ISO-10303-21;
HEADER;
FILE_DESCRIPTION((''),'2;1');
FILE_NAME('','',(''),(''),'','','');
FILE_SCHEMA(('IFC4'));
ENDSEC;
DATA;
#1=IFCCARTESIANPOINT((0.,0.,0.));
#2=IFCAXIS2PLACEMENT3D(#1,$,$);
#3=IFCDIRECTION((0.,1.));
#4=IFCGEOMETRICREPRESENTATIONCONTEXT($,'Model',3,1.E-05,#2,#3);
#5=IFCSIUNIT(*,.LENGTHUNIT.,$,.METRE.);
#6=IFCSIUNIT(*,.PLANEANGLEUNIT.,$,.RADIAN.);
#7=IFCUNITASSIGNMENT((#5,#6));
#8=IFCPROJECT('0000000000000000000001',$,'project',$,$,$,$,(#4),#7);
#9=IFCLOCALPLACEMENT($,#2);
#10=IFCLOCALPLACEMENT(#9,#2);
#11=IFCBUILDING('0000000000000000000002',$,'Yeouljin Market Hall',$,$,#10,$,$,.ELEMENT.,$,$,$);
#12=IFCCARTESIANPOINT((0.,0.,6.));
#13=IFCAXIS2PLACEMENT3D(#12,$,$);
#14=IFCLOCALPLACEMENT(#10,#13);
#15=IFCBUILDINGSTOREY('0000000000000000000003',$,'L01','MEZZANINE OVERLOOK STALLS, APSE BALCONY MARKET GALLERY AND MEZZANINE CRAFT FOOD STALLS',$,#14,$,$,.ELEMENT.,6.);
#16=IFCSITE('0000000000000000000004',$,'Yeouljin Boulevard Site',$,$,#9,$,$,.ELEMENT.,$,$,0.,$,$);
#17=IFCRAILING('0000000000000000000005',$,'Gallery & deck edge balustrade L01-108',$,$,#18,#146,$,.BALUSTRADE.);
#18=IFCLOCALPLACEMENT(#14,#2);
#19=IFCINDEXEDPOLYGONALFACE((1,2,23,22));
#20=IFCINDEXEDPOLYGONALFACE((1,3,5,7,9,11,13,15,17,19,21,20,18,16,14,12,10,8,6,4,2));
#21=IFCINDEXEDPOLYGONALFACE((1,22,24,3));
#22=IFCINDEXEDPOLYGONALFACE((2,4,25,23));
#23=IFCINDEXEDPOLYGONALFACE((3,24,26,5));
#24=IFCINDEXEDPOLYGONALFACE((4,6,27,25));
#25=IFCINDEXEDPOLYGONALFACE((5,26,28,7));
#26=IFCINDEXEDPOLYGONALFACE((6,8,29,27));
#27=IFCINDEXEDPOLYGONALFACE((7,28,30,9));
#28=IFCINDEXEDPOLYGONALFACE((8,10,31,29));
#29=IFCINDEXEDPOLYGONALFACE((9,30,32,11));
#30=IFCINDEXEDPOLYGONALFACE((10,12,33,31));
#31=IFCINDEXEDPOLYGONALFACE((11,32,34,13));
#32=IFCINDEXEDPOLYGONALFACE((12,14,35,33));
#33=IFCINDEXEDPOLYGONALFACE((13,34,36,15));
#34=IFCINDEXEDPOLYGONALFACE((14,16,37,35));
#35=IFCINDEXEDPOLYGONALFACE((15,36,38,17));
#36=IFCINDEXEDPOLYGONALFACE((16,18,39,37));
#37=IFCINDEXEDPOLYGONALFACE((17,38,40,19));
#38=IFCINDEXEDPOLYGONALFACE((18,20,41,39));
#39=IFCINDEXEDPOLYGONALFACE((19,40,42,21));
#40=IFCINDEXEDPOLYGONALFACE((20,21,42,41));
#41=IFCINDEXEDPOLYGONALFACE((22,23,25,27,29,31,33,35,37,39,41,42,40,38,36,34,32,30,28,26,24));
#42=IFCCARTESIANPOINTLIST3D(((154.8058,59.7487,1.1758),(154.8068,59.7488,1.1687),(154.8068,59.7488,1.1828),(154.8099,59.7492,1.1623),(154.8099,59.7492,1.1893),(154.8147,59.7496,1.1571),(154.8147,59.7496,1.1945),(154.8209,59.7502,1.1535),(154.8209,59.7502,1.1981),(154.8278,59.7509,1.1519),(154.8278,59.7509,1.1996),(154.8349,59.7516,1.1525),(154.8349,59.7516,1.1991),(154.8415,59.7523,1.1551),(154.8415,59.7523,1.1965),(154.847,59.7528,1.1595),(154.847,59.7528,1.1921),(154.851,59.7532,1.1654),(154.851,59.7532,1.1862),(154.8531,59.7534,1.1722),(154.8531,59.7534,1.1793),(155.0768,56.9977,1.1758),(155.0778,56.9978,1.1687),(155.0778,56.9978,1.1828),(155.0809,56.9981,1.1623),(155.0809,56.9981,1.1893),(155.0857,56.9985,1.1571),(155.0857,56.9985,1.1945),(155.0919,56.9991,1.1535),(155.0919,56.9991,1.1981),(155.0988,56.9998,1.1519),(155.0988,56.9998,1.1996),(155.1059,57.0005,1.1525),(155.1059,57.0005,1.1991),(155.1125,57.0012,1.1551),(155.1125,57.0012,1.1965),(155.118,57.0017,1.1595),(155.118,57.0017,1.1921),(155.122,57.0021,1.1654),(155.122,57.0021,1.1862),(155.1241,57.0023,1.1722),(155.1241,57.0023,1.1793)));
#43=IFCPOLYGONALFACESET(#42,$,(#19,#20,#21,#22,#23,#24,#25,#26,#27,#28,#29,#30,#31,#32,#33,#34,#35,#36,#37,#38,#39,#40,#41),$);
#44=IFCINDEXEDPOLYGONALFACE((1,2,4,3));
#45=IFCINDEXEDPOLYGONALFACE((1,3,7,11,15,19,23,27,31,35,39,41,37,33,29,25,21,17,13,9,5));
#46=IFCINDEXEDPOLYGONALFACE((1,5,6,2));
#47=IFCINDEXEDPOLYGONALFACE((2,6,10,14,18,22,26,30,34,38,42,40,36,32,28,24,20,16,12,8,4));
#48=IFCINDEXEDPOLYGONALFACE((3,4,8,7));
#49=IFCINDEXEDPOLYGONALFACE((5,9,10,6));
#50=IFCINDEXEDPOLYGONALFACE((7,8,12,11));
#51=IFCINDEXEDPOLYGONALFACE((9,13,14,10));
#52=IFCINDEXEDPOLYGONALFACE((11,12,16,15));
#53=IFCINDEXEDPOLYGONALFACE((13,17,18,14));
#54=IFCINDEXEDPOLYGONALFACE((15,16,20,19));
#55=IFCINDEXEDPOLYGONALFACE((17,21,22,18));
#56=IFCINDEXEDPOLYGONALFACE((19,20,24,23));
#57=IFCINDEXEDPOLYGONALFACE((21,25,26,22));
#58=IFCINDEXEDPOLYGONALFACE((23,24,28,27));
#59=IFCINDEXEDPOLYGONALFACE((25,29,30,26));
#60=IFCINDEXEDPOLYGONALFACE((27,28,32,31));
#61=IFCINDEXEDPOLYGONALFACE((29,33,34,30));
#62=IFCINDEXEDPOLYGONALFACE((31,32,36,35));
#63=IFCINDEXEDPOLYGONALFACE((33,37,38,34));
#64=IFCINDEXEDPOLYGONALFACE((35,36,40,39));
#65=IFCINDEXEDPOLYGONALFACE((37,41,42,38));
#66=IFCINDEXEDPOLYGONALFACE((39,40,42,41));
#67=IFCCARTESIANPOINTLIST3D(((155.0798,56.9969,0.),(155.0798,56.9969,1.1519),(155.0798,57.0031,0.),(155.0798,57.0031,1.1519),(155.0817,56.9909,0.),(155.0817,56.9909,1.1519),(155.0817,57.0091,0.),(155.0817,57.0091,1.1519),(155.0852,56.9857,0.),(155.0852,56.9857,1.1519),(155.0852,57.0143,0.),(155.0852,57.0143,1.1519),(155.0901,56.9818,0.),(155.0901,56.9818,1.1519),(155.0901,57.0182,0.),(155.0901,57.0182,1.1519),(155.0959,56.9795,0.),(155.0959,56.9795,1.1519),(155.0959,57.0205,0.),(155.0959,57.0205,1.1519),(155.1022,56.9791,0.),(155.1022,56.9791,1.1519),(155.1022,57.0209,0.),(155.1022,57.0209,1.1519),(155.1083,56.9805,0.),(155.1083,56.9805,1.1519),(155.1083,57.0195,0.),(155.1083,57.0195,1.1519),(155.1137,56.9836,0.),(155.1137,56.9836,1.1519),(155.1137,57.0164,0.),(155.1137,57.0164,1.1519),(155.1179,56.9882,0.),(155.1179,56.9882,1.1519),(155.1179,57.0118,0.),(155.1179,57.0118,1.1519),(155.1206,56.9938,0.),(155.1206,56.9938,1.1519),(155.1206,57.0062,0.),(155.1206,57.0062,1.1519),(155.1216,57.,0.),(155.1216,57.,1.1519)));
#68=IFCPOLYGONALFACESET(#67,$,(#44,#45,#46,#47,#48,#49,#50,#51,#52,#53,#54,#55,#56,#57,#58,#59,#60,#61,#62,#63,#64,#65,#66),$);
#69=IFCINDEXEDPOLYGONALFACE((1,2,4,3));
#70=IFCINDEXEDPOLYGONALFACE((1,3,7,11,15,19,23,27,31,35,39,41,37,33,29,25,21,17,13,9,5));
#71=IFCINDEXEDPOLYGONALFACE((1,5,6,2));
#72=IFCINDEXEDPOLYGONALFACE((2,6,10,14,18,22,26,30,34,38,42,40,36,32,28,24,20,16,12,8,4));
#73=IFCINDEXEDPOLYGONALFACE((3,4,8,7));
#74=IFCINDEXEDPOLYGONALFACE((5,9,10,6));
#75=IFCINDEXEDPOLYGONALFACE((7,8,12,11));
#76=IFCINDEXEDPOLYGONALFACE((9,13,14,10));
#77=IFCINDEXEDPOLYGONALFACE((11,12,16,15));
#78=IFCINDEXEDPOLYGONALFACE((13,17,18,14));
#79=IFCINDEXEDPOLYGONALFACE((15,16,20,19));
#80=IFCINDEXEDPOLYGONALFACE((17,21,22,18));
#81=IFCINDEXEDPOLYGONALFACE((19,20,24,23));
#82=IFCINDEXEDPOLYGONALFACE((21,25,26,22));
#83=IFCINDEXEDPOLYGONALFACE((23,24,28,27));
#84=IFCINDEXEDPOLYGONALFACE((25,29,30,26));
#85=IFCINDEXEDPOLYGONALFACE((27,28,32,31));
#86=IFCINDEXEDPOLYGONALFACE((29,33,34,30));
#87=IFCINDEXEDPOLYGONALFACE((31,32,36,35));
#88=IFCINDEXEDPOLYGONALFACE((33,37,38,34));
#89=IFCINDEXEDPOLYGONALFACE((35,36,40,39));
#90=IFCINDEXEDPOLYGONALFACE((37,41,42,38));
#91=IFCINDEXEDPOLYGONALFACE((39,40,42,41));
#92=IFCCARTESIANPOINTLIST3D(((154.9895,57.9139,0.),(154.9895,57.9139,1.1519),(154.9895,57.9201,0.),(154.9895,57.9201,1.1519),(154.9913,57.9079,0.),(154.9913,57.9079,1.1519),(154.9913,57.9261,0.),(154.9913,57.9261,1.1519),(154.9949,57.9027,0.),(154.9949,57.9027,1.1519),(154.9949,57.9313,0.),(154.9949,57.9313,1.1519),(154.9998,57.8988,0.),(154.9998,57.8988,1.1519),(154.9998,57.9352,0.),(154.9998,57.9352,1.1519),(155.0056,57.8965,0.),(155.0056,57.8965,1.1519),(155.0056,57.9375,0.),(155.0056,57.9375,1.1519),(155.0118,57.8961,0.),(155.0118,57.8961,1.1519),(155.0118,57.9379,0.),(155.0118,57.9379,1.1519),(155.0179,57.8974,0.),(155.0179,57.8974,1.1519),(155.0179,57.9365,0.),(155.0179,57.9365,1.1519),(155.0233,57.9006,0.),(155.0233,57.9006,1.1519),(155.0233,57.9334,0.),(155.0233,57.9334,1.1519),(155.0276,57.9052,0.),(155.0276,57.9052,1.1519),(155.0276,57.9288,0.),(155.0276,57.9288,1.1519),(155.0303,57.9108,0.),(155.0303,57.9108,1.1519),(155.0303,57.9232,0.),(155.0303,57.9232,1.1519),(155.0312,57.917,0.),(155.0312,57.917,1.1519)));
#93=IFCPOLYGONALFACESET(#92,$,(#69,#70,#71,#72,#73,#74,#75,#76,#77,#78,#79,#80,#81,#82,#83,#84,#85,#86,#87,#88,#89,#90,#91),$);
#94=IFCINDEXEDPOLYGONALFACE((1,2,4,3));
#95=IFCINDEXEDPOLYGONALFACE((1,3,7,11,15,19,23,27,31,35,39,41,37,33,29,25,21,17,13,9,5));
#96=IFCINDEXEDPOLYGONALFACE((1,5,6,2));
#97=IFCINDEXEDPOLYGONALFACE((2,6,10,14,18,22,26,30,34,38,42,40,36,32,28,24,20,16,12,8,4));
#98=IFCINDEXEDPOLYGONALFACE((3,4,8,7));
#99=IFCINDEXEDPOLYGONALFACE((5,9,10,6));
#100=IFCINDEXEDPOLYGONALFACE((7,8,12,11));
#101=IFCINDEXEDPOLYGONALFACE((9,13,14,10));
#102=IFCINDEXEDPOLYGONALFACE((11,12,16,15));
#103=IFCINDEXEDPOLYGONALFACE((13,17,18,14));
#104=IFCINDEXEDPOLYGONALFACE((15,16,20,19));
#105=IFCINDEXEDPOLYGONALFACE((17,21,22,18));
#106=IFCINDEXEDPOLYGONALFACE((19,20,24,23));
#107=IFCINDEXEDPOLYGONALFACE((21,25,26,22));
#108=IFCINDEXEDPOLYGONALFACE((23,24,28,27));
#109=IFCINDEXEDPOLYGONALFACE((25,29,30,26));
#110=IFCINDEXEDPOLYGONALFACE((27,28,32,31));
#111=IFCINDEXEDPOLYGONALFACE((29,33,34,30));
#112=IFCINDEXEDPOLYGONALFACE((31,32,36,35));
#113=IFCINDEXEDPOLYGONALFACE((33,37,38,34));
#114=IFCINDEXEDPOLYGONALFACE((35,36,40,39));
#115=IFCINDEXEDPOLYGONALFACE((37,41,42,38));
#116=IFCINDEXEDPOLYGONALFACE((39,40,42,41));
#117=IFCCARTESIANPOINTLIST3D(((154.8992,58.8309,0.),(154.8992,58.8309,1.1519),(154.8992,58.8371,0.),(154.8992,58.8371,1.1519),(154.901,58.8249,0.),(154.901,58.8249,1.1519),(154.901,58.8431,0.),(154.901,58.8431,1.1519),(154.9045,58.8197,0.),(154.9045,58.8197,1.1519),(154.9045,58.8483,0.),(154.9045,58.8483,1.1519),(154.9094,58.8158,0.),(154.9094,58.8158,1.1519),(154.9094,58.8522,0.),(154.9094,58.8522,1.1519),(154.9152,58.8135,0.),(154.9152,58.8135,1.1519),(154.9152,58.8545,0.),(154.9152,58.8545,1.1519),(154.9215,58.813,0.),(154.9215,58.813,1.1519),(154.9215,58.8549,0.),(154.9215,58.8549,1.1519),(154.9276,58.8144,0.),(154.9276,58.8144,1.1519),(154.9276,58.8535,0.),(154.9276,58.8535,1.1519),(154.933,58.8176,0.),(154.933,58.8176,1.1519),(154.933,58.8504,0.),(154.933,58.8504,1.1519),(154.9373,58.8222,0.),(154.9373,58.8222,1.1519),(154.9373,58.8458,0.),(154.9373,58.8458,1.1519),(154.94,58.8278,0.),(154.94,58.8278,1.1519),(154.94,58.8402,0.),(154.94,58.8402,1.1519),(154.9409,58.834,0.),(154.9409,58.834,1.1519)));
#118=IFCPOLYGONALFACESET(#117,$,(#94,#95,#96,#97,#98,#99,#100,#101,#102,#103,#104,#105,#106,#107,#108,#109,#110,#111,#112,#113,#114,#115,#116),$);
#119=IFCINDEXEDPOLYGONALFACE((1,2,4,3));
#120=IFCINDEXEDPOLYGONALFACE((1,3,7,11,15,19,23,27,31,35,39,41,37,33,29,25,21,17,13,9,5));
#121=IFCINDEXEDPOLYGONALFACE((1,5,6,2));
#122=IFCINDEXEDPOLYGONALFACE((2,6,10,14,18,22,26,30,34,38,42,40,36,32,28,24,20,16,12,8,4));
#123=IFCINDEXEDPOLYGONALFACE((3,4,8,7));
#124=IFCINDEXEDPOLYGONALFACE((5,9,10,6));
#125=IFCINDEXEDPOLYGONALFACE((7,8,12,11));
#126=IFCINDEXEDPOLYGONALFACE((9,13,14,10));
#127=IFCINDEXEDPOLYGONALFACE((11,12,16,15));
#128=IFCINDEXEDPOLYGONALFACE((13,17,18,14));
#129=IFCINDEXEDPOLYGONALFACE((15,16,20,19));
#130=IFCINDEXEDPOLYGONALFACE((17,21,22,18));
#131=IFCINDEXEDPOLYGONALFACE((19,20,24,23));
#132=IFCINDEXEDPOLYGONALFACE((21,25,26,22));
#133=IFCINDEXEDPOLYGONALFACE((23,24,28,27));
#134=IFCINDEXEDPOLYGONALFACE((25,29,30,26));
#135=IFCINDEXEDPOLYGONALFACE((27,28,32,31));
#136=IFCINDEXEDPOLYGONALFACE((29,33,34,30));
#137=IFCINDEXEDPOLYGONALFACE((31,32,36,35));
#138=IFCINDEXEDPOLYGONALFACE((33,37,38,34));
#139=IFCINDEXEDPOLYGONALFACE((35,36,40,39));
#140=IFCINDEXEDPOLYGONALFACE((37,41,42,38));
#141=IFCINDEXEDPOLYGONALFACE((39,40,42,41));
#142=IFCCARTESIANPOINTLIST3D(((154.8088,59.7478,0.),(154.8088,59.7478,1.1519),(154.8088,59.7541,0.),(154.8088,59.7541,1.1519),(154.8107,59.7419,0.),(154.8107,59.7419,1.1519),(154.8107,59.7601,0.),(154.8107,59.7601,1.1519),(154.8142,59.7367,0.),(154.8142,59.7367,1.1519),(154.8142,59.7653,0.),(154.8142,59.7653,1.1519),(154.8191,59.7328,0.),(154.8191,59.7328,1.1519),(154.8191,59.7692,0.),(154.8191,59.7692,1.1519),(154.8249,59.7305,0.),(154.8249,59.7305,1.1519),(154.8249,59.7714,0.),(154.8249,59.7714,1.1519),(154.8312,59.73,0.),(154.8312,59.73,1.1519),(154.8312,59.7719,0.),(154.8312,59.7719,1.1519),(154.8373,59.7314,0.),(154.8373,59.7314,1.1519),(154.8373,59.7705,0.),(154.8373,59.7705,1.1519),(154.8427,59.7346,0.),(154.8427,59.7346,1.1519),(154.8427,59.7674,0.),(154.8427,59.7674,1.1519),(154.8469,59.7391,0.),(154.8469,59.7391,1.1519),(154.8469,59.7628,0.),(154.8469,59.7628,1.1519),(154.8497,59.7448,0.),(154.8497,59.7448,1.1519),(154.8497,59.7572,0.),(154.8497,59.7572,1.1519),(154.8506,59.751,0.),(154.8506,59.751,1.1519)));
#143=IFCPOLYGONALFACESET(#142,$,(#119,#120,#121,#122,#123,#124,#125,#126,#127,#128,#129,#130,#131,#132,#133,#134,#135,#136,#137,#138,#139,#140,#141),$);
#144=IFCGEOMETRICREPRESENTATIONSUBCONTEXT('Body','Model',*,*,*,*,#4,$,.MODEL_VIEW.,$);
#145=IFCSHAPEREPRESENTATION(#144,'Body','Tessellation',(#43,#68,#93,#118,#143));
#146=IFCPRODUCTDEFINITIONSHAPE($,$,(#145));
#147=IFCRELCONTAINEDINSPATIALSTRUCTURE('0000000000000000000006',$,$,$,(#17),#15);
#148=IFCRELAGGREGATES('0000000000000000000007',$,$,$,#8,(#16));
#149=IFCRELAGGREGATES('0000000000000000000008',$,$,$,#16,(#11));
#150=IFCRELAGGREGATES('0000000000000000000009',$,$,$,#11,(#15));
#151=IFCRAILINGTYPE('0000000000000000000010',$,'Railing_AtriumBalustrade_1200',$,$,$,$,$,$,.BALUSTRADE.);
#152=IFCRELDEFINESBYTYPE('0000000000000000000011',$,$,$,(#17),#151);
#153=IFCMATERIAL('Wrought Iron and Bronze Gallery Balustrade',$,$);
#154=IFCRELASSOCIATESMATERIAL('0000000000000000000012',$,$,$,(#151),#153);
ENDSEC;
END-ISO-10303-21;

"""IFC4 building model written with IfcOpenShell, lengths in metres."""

from ifc_helpers import new_model, si_unit, direction, frame, origin, origin_2d, place, context, subcontext, project, spatial, circle, extrude, material, type_object, element, save


model = new_model("IFC4")

# Units and contexts
model_context = context("Model", 3, precision=1e-05, world=origin(), true_north=direction((0.0, 1.0)))
body_context = subcontext(model_context, "Body", "Model", "MODEL_VIEW")
ifc_project = project(units=[si_unit("LENGTHUNIT", "METRE"), si_unit("PLANEANGLEUNIT", "RADIAN")], contexts=[model_context])

# Site, building, storey
site_placement = place(None, origin())
site = spatial("IfcSite", under=ifc_project, at=site_placement, Name="Yeouljin Boulevard Site", CompositionType="ELEMENT", RefElevation=0.0)
building_placement = place(site_placement, origin())
building = spatial("IfcBuilding", under=site, at=building_placement, Name="Yeouljin Market Hall", CompositionType="ELEMENT")
storey_placement = place(building_placement, frame((0.0, 0.0, 6.0)))
storey = spatial("IfcBuildingStorey", under=building, at=storey_placement, Name="L01", Description="MEZZANINE OVERLOOK STALLS, APSE BALCONY MARKET GALLERY AND MEZZANINE CRAFT FOOD STALLS", CompositionType="ELEMENT", Elevation=6.0)

# Railing
ifc_material_1 = material(Name="Wrought Iron and Bronze Gallery Balustrade")
railing_type = type_object("IfcRailingType", Name="Railing_AtriumBalustrade_1200", PredefinedType="BALUSTRADE", material=ifc_material_1)
railing_1_placement = place(storey_placement, frame((155.1006, 57.0, 0.0)))
element("IfcRailing", 1, at=railing_1_placement, inside=storey, type_object=railing_type, Name="Gallery & deck edge balustrade L01-108", PredefinedType="BALUSTRADE", context=body_context, shape_type="SweptSolid", body=[
    extrude(circle(Radius=0.0239, at=origin_2d()), frame((0.0, 0.0, 1.1758), z_axis=(-0.098035, 0.995183, 0.0), x_axis=(-0.995183, -0.098035, 0.0)), (0.0, 0.0, 1.0), 2.7644),
    extrude(circle(Radius=0.021, at=origin_2d()), origin(), (0.0, 0.0, 1.0), 1.1519),
    extrude(circle(Radius=0.021, at=origin_2d()), frame((-0.0903, 0.917, 0.0)), (0.0, 0.0, 1.0), 1.1519),
    extrude(circle(Radius=0.021, at=origin_2d()), frame((-0.1807, 1.834, 0.0)), (0.0, 0.0, 1.0), 1.1519),
    extrude(circle(Radius=0.021, at=origin_2d()), frame((-0.271, 2.751, 0.0)), (0.0, 0.0, 1.0), 1.1519),
])

save(model, "model.ifc")
